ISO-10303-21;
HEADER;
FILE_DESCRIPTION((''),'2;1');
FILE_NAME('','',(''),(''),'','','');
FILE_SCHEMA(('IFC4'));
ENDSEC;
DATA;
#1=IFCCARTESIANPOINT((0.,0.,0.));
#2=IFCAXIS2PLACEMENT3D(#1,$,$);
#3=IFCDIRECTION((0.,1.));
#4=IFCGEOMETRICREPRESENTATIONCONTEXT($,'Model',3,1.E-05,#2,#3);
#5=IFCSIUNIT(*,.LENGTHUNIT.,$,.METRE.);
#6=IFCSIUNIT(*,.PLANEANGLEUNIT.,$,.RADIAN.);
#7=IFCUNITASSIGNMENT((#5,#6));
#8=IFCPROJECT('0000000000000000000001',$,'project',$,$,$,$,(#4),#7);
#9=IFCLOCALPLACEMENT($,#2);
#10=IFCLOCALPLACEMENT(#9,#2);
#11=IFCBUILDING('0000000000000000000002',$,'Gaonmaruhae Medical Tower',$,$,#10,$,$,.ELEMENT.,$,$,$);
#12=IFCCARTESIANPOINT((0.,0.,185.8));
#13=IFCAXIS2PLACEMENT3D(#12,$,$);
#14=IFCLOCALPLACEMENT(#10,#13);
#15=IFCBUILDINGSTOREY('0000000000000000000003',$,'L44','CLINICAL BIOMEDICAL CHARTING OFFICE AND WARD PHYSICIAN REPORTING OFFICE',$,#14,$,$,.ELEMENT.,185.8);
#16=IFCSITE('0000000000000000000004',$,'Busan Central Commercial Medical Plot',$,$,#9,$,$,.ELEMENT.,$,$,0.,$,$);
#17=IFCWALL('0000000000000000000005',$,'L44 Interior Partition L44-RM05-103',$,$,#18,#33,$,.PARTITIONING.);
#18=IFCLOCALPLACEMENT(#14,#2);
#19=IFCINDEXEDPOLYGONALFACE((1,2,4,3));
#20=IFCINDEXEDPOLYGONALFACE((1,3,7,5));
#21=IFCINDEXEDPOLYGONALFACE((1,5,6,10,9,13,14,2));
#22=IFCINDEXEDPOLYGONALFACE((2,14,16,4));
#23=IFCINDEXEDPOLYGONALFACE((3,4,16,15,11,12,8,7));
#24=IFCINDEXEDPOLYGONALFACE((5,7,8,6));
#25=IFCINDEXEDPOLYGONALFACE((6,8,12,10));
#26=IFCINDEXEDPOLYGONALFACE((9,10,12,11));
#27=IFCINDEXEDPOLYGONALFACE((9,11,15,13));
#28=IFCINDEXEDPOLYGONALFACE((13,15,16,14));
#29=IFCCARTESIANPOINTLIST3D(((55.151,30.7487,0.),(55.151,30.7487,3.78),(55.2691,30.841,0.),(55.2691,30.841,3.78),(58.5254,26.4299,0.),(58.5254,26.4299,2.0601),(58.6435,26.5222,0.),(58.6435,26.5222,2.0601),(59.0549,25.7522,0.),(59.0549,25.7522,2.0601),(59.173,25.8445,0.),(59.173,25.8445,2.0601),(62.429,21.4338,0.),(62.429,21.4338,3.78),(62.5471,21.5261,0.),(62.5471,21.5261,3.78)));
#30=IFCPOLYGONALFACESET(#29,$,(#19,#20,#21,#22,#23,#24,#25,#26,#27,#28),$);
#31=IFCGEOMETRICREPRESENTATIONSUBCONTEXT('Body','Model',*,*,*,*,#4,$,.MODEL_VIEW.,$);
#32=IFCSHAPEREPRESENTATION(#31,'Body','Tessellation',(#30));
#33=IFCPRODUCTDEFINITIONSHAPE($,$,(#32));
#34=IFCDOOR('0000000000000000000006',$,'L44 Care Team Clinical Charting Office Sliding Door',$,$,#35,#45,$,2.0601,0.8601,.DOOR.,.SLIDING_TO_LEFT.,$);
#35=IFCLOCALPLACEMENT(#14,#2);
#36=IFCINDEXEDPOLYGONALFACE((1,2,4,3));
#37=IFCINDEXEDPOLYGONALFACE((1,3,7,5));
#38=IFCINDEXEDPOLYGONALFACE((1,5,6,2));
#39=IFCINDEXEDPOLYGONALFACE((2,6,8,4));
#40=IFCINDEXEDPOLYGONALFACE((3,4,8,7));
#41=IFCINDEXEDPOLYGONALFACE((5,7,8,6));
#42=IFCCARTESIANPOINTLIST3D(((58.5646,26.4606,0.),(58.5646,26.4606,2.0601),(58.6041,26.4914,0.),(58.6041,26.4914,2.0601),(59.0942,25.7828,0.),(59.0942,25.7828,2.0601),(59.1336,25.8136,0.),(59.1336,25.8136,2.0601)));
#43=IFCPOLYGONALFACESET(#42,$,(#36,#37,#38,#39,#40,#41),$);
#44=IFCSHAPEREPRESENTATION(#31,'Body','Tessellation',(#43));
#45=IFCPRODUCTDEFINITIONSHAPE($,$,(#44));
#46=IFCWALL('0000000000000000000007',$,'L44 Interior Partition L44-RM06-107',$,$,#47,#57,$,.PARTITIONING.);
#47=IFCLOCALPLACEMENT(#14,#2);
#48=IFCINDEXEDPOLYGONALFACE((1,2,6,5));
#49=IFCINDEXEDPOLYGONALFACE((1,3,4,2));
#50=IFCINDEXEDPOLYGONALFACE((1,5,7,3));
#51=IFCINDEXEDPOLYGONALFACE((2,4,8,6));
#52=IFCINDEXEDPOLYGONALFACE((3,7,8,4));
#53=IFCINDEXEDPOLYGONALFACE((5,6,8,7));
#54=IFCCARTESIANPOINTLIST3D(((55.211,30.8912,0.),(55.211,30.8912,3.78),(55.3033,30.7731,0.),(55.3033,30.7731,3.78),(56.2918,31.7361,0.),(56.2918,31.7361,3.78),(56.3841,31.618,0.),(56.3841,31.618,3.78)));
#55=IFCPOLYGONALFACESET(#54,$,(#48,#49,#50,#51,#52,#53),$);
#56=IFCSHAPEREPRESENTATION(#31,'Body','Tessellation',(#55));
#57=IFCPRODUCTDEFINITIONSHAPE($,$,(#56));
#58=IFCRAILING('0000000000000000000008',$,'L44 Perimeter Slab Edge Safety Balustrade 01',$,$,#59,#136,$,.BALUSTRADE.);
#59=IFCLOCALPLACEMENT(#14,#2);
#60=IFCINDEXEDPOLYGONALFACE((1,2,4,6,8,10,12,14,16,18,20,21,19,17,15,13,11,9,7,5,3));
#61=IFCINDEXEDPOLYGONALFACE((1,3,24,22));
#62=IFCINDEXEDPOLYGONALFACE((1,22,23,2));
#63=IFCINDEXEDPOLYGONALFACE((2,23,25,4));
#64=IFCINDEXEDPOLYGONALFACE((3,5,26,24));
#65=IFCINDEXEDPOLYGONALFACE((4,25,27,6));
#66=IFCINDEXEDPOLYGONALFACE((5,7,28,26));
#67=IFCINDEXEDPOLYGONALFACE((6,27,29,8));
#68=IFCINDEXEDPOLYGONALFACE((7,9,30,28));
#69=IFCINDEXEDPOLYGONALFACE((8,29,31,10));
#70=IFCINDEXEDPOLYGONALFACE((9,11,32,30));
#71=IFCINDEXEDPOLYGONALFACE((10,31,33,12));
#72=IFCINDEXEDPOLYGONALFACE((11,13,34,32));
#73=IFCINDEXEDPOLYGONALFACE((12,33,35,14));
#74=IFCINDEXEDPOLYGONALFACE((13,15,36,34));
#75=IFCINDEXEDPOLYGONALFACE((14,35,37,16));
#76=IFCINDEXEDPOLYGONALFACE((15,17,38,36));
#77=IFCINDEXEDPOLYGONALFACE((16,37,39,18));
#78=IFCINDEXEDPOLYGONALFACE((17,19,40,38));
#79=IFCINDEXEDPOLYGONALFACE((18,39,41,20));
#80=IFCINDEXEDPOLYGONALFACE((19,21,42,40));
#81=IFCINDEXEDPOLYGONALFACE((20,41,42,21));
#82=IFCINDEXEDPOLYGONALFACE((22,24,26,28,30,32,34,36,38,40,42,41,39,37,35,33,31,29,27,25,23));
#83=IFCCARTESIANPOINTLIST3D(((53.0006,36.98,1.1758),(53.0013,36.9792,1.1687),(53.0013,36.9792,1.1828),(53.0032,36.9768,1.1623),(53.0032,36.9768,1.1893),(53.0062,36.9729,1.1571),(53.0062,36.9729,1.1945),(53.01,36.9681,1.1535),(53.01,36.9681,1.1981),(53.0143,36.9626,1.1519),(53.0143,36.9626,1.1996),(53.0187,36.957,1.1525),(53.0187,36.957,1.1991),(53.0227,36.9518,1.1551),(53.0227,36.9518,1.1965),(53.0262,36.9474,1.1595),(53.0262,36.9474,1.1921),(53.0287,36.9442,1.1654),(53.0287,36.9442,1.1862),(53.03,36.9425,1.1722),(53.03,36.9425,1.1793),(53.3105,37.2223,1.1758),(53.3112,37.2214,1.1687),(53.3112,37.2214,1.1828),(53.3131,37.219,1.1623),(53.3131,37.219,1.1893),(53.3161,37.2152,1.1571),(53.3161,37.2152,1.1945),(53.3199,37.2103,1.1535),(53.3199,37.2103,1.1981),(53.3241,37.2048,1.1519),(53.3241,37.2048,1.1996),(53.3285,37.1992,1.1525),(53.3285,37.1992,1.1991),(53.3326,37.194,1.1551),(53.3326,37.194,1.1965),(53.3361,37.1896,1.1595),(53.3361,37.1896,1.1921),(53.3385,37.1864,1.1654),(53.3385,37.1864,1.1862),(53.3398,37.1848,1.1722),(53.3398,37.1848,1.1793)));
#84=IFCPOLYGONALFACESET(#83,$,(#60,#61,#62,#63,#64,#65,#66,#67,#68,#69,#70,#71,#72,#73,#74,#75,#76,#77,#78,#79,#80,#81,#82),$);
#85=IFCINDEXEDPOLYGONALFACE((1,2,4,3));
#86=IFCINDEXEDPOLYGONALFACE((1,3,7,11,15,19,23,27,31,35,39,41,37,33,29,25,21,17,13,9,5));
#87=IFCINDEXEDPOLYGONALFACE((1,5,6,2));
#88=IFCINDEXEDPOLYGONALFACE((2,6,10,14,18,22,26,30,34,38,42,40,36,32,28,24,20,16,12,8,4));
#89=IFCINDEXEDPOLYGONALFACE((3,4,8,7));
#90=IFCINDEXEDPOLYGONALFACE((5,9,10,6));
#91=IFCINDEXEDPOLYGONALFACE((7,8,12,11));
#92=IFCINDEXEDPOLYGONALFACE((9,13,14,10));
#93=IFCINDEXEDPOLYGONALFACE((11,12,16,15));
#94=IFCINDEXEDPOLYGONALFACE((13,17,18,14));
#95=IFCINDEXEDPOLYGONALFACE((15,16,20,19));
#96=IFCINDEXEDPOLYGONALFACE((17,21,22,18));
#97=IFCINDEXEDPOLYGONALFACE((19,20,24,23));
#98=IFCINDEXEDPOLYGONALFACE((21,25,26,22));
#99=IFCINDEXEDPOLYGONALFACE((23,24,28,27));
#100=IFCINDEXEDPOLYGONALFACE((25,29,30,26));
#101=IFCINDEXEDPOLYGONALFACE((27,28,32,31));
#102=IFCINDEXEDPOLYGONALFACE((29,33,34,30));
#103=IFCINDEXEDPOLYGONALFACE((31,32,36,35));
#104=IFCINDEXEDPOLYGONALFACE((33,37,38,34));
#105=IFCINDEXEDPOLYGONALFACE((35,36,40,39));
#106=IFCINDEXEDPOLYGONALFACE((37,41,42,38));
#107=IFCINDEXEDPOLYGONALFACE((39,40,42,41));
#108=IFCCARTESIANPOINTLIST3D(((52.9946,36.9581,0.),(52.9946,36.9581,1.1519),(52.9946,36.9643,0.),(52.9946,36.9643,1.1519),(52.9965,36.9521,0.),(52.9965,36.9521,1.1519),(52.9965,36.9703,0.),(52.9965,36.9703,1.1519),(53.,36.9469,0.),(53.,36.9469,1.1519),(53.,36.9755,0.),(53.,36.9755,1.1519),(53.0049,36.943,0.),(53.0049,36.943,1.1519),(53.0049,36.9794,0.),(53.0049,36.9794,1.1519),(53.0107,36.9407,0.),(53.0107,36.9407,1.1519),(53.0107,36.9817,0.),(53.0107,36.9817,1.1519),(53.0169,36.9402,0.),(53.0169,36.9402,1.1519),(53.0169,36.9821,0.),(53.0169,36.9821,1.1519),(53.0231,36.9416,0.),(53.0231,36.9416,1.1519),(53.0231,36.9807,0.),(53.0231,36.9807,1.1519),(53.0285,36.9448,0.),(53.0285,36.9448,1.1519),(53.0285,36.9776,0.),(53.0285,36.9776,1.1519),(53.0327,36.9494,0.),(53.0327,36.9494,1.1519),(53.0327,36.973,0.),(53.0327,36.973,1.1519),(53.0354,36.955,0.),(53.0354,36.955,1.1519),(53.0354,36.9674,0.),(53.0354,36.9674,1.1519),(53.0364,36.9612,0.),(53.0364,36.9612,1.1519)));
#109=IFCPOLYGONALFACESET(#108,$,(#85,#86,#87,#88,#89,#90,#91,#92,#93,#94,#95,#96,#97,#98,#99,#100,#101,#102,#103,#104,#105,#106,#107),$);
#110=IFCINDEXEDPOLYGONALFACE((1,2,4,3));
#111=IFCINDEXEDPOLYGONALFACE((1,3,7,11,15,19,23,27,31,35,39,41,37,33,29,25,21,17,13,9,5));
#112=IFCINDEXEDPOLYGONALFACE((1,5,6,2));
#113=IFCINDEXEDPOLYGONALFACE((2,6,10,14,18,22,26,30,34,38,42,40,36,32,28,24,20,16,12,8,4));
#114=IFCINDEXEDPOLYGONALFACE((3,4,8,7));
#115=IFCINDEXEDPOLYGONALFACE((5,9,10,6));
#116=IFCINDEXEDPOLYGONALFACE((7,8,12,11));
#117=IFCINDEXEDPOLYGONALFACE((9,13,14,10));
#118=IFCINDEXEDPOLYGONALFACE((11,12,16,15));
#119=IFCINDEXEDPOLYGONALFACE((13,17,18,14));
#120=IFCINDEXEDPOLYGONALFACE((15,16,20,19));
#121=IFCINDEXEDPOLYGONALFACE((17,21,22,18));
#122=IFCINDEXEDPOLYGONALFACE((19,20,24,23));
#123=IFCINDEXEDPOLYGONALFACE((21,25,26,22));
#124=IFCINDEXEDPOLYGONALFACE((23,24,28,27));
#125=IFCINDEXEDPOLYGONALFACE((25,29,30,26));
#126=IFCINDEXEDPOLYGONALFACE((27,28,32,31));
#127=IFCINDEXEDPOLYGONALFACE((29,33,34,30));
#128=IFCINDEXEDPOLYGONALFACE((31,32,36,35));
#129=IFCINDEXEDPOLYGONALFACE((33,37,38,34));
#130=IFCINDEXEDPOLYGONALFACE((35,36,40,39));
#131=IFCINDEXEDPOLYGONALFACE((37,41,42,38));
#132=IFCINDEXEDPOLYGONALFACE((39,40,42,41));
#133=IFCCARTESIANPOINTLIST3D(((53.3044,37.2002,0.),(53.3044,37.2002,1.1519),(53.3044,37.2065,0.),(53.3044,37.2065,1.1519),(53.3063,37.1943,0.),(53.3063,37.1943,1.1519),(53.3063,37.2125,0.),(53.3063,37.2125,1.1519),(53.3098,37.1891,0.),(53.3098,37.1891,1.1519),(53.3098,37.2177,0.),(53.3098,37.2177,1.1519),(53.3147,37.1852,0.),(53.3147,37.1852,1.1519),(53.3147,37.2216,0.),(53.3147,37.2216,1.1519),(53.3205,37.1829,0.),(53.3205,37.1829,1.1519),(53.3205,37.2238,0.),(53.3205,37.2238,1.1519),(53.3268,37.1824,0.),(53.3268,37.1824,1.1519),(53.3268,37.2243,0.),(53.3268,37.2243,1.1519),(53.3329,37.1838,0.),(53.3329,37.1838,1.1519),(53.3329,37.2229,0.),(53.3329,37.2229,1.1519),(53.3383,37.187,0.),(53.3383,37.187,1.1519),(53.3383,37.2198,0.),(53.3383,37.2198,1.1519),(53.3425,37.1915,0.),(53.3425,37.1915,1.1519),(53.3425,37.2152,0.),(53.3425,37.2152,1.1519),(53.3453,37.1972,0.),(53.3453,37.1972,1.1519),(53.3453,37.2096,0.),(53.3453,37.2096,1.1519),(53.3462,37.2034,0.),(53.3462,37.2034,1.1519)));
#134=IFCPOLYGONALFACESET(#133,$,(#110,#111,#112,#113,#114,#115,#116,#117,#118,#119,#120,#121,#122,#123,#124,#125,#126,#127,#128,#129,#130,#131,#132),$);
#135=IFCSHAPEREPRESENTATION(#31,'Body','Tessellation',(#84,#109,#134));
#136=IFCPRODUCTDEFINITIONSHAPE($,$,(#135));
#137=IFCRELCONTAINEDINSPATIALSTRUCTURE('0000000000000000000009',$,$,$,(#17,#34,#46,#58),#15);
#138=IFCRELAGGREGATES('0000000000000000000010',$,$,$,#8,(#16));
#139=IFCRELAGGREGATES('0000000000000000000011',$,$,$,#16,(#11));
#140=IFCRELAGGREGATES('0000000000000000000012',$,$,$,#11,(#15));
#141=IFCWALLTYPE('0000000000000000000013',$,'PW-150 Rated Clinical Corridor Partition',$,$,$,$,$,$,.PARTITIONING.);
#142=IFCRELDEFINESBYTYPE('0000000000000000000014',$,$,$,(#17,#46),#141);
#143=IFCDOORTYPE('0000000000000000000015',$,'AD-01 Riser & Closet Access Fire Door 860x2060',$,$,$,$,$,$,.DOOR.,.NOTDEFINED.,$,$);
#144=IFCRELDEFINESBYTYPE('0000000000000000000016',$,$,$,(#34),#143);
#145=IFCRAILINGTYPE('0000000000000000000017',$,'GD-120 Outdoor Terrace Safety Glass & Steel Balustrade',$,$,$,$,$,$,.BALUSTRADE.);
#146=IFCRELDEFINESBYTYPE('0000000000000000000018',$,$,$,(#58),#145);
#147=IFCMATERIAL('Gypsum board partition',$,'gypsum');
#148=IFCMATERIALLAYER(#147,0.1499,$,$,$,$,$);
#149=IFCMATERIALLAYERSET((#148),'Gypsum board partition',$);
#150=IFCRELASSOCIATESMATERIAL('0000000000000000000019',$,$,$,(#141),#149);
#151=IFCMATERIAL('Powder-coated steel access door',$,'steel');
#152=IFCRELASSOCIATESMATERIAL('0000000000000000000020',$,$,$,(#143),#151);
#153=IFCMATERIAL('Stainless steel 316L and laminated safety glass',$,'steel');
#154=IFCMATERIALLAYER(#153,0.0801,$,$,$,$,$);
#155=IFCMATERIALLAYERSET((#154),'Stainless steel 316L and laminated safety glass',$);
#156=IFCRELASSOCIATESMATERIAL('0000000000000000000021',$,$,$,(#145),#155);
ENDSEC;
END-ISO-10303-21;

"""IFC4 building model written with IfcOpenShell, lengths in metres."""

from ifc_helpers import new_model, si_unit, direction, frame, frame_2d, origin, origin_2d, place, context, subcontext, project, spatial, rectangle, circle, extrude, material, layer, layer_set, type_object, element, fill, save


model = new_model("IFC4")

# Units and contexts
model_context = context("Model", 3, precision=1e-05, world=origin(), true_north=direction((0.0, 1.0)))
body_context = subcontext(model_context, "Body", "Model", "MODEL_VIEW")
ifc_project = project(units=[si_unit("LENGTHUNIT", "METRE"), si_unit("PLANEANGLEUNIT", "RADIAN")], contexts=[model_context])

# Site, building, storey
site_placement = place(None, origin())
site = spatial("IfcSite", under=ifc_project, at=site_placement, Name="Busan Central Commercial Medical Plot", CompositionType="ELEMENT", RefElevation=0.0)
building_placement = place(site_placement, origin())
building = spatial("IfcBuilding", under=site, at=building_placement, Name="Gaonmaruhae Medical Tower", CompositionType="ELEMENT")
storey_placement = place(building_placement, frame((0.0, 0.0, 185.8)))
storey = spatial("IfcBuildingStorey", under=building, at=storey_placement, Name="L44", Description="CLINICAL BIOMEDICAL CHARTING OFFICE AND WARD PHYSICIAN REPORTING OFFICE", CompositionType="ELEMENT", Elevation=185.8)

# Shared definitions
ifc_material_1 = material(Name="Gypsum board partition", Category="gypsum")
ifc_layer_1 = layer(ifc_material_1, 0.1499)
ifc_layer_set_1 = layer_set([ifc_layer_1], Name="Gypsum board partition")
wall_type_1 = type_object("IfcWallType", Name="PW-150 Rated Clinical Corridor Partition", PredefinedType="PARTITIONING", material=ifc_layer_set_1)

# Wall, opening, door
wall_1_placement = place(storey_placement, frame((55.21, 30.7949, 0.0), z_axis=(0.0, 0.0, 1.0), x_axis=(0.615685, -0.787992, 0.0)))
wall_1 = element("IfcWall", 1, at=wall_1_placement, inside=storey, type_object=wall_type_1, Name="L44 Interior Partition L44-RM05-103", PredefinedType="PARTITIONING", context=body_context, shape_type="SweptSolid", body=[
    extrude(rectangle(XDim=11.821, YDim=0.1499, at=frame_2d((5.9106, 0.0))), origin(), (0.0, 0.0, 1.0), 3.78),
])
opening_1_placement = place(wall_1_placement, frame((5.4807, 0.0, 0.0)))
opening_1 = element("IfcOpeningElement", 2, at=opening_1_placement, cuts=wall_1, PredefinedType="OPENING", context=body_context, shape_type="SweptSolid", body=[
    extrude(rectangle(XDim=0.8601, YDim=2.0601, at=frame_2d((0.4302, 1.03))), frame((0.0, 0.085, 0.0), z_axis=(0.0, -1.0, 0.0), x_axis=(1.0, 0.0, 0.0)), (0.0, 0.0, 1.0), 0.1699),
])
ifc_material_2 = material(Name="Powder-coated steel access door", Category="steel")
door_type_1 = type_object("IfcDoorType", Name="AD-01 Riser & Closet Access Fire Door 860x2060", OperationType="NOTDEFINED", PredefinedType="DOOR", material=ifc_material_2)
door_1_placement = place(opening_1_placement, origin())
door_1 = element("IfcDoor", 3, at=door_1_placement, inside=storey, type_object=door_type_1, Name="L44 Care Team Clinical Charting Office Sliding Door", OperationType="SLIDING_TO_LEFT", OverallHeight=2.0601, OverallWidth=0.8601, PredefinedType="DOOR", context=body_context, shape_type="SweptSolid", body=[
    extrude(rectangle(XDim=0.8601, YDim=2.0601, at=frame_2d((0.4302, 1.03))), frame((0.0, 0.0249, 0.0), z_axis=(0.0, -1.0, 0.0), x_axis=(1.0, 0.0, 0.0)), (0.0, 0.0, 1.0), 0.05),
])
fill(opening_1, door_1)

# Wall
wall_2_placement = place(storey_placement, frame((55.2571, 30.832, 0.0), z_axis=(0.0, 0.0, 1.0), x_axis=(0.787817, 0.61591, 0.0)))
element("IfcWall", 4, at=wall_2_placement, inside=storey, type_object=wall_type_1, Name="L44 Interior Partition L44-RM06-107", PredefinedType="PARTITIONING", context=body_context, shape_type="SweptSolid", body=[
    extrude(rectangle(XDim=1.3718, YDim=0.1499, at=frame_2d((0.686, 0.0))), origin(), (0.0, 0.0, 1.0), 3.78),
])

# Railing
ifc_material_3 = material(Name="Stainless steel 316L and laminated safety glass", Category="steel")
ifc_layer_2 = layer(ifc_material_3, 0.0801)
ifc_layer_set_2 = layer_set([ifc_layer_2], Name="Stainless steel 316L and laminated safety glass")
railing_type = type_object("IfcRailingType", Name="GD-120 Outdoor Terrace Safety Glass & Steel Balustrade", PredefinedType="BALUSTRADE", material=ifc_layer_set_2)
railing_1_placement = place(storey_placement, frame((53.0154, 36.9612, 0.0)))
element("IfcRailing", 5, at=railing_1_placement, inside=storey, type_object=railing_type, Name="L44 Perimeter Slab Edge Safety Balustrade 01", PredefinedType="BALUSTRADE", context=body_context, shape_type="SweptSolid", body=[
    extrude(circle(Radius=0.0239, at=origin_2d()), frame((0.0, 0.0, 1.1758), z_axis=(0.787846, 0.615873, 0.0), x_axis=(-0.615873, 0.787846, 0.0)), (0.0, 0.0, 1.0), 0.3933),
    extrude(circle(Radius=0.021, at=origin_2d()), origin(), (0.0, 0.0, 1.0), 1.1519),
    extrude(circle(Radius=0.021, at=origin_2d()), frame((0.3098, 0.2422, 0.0)), (0.0, 0.0, 1.0), 1.1519),
])

save(model, "model.ifc")
